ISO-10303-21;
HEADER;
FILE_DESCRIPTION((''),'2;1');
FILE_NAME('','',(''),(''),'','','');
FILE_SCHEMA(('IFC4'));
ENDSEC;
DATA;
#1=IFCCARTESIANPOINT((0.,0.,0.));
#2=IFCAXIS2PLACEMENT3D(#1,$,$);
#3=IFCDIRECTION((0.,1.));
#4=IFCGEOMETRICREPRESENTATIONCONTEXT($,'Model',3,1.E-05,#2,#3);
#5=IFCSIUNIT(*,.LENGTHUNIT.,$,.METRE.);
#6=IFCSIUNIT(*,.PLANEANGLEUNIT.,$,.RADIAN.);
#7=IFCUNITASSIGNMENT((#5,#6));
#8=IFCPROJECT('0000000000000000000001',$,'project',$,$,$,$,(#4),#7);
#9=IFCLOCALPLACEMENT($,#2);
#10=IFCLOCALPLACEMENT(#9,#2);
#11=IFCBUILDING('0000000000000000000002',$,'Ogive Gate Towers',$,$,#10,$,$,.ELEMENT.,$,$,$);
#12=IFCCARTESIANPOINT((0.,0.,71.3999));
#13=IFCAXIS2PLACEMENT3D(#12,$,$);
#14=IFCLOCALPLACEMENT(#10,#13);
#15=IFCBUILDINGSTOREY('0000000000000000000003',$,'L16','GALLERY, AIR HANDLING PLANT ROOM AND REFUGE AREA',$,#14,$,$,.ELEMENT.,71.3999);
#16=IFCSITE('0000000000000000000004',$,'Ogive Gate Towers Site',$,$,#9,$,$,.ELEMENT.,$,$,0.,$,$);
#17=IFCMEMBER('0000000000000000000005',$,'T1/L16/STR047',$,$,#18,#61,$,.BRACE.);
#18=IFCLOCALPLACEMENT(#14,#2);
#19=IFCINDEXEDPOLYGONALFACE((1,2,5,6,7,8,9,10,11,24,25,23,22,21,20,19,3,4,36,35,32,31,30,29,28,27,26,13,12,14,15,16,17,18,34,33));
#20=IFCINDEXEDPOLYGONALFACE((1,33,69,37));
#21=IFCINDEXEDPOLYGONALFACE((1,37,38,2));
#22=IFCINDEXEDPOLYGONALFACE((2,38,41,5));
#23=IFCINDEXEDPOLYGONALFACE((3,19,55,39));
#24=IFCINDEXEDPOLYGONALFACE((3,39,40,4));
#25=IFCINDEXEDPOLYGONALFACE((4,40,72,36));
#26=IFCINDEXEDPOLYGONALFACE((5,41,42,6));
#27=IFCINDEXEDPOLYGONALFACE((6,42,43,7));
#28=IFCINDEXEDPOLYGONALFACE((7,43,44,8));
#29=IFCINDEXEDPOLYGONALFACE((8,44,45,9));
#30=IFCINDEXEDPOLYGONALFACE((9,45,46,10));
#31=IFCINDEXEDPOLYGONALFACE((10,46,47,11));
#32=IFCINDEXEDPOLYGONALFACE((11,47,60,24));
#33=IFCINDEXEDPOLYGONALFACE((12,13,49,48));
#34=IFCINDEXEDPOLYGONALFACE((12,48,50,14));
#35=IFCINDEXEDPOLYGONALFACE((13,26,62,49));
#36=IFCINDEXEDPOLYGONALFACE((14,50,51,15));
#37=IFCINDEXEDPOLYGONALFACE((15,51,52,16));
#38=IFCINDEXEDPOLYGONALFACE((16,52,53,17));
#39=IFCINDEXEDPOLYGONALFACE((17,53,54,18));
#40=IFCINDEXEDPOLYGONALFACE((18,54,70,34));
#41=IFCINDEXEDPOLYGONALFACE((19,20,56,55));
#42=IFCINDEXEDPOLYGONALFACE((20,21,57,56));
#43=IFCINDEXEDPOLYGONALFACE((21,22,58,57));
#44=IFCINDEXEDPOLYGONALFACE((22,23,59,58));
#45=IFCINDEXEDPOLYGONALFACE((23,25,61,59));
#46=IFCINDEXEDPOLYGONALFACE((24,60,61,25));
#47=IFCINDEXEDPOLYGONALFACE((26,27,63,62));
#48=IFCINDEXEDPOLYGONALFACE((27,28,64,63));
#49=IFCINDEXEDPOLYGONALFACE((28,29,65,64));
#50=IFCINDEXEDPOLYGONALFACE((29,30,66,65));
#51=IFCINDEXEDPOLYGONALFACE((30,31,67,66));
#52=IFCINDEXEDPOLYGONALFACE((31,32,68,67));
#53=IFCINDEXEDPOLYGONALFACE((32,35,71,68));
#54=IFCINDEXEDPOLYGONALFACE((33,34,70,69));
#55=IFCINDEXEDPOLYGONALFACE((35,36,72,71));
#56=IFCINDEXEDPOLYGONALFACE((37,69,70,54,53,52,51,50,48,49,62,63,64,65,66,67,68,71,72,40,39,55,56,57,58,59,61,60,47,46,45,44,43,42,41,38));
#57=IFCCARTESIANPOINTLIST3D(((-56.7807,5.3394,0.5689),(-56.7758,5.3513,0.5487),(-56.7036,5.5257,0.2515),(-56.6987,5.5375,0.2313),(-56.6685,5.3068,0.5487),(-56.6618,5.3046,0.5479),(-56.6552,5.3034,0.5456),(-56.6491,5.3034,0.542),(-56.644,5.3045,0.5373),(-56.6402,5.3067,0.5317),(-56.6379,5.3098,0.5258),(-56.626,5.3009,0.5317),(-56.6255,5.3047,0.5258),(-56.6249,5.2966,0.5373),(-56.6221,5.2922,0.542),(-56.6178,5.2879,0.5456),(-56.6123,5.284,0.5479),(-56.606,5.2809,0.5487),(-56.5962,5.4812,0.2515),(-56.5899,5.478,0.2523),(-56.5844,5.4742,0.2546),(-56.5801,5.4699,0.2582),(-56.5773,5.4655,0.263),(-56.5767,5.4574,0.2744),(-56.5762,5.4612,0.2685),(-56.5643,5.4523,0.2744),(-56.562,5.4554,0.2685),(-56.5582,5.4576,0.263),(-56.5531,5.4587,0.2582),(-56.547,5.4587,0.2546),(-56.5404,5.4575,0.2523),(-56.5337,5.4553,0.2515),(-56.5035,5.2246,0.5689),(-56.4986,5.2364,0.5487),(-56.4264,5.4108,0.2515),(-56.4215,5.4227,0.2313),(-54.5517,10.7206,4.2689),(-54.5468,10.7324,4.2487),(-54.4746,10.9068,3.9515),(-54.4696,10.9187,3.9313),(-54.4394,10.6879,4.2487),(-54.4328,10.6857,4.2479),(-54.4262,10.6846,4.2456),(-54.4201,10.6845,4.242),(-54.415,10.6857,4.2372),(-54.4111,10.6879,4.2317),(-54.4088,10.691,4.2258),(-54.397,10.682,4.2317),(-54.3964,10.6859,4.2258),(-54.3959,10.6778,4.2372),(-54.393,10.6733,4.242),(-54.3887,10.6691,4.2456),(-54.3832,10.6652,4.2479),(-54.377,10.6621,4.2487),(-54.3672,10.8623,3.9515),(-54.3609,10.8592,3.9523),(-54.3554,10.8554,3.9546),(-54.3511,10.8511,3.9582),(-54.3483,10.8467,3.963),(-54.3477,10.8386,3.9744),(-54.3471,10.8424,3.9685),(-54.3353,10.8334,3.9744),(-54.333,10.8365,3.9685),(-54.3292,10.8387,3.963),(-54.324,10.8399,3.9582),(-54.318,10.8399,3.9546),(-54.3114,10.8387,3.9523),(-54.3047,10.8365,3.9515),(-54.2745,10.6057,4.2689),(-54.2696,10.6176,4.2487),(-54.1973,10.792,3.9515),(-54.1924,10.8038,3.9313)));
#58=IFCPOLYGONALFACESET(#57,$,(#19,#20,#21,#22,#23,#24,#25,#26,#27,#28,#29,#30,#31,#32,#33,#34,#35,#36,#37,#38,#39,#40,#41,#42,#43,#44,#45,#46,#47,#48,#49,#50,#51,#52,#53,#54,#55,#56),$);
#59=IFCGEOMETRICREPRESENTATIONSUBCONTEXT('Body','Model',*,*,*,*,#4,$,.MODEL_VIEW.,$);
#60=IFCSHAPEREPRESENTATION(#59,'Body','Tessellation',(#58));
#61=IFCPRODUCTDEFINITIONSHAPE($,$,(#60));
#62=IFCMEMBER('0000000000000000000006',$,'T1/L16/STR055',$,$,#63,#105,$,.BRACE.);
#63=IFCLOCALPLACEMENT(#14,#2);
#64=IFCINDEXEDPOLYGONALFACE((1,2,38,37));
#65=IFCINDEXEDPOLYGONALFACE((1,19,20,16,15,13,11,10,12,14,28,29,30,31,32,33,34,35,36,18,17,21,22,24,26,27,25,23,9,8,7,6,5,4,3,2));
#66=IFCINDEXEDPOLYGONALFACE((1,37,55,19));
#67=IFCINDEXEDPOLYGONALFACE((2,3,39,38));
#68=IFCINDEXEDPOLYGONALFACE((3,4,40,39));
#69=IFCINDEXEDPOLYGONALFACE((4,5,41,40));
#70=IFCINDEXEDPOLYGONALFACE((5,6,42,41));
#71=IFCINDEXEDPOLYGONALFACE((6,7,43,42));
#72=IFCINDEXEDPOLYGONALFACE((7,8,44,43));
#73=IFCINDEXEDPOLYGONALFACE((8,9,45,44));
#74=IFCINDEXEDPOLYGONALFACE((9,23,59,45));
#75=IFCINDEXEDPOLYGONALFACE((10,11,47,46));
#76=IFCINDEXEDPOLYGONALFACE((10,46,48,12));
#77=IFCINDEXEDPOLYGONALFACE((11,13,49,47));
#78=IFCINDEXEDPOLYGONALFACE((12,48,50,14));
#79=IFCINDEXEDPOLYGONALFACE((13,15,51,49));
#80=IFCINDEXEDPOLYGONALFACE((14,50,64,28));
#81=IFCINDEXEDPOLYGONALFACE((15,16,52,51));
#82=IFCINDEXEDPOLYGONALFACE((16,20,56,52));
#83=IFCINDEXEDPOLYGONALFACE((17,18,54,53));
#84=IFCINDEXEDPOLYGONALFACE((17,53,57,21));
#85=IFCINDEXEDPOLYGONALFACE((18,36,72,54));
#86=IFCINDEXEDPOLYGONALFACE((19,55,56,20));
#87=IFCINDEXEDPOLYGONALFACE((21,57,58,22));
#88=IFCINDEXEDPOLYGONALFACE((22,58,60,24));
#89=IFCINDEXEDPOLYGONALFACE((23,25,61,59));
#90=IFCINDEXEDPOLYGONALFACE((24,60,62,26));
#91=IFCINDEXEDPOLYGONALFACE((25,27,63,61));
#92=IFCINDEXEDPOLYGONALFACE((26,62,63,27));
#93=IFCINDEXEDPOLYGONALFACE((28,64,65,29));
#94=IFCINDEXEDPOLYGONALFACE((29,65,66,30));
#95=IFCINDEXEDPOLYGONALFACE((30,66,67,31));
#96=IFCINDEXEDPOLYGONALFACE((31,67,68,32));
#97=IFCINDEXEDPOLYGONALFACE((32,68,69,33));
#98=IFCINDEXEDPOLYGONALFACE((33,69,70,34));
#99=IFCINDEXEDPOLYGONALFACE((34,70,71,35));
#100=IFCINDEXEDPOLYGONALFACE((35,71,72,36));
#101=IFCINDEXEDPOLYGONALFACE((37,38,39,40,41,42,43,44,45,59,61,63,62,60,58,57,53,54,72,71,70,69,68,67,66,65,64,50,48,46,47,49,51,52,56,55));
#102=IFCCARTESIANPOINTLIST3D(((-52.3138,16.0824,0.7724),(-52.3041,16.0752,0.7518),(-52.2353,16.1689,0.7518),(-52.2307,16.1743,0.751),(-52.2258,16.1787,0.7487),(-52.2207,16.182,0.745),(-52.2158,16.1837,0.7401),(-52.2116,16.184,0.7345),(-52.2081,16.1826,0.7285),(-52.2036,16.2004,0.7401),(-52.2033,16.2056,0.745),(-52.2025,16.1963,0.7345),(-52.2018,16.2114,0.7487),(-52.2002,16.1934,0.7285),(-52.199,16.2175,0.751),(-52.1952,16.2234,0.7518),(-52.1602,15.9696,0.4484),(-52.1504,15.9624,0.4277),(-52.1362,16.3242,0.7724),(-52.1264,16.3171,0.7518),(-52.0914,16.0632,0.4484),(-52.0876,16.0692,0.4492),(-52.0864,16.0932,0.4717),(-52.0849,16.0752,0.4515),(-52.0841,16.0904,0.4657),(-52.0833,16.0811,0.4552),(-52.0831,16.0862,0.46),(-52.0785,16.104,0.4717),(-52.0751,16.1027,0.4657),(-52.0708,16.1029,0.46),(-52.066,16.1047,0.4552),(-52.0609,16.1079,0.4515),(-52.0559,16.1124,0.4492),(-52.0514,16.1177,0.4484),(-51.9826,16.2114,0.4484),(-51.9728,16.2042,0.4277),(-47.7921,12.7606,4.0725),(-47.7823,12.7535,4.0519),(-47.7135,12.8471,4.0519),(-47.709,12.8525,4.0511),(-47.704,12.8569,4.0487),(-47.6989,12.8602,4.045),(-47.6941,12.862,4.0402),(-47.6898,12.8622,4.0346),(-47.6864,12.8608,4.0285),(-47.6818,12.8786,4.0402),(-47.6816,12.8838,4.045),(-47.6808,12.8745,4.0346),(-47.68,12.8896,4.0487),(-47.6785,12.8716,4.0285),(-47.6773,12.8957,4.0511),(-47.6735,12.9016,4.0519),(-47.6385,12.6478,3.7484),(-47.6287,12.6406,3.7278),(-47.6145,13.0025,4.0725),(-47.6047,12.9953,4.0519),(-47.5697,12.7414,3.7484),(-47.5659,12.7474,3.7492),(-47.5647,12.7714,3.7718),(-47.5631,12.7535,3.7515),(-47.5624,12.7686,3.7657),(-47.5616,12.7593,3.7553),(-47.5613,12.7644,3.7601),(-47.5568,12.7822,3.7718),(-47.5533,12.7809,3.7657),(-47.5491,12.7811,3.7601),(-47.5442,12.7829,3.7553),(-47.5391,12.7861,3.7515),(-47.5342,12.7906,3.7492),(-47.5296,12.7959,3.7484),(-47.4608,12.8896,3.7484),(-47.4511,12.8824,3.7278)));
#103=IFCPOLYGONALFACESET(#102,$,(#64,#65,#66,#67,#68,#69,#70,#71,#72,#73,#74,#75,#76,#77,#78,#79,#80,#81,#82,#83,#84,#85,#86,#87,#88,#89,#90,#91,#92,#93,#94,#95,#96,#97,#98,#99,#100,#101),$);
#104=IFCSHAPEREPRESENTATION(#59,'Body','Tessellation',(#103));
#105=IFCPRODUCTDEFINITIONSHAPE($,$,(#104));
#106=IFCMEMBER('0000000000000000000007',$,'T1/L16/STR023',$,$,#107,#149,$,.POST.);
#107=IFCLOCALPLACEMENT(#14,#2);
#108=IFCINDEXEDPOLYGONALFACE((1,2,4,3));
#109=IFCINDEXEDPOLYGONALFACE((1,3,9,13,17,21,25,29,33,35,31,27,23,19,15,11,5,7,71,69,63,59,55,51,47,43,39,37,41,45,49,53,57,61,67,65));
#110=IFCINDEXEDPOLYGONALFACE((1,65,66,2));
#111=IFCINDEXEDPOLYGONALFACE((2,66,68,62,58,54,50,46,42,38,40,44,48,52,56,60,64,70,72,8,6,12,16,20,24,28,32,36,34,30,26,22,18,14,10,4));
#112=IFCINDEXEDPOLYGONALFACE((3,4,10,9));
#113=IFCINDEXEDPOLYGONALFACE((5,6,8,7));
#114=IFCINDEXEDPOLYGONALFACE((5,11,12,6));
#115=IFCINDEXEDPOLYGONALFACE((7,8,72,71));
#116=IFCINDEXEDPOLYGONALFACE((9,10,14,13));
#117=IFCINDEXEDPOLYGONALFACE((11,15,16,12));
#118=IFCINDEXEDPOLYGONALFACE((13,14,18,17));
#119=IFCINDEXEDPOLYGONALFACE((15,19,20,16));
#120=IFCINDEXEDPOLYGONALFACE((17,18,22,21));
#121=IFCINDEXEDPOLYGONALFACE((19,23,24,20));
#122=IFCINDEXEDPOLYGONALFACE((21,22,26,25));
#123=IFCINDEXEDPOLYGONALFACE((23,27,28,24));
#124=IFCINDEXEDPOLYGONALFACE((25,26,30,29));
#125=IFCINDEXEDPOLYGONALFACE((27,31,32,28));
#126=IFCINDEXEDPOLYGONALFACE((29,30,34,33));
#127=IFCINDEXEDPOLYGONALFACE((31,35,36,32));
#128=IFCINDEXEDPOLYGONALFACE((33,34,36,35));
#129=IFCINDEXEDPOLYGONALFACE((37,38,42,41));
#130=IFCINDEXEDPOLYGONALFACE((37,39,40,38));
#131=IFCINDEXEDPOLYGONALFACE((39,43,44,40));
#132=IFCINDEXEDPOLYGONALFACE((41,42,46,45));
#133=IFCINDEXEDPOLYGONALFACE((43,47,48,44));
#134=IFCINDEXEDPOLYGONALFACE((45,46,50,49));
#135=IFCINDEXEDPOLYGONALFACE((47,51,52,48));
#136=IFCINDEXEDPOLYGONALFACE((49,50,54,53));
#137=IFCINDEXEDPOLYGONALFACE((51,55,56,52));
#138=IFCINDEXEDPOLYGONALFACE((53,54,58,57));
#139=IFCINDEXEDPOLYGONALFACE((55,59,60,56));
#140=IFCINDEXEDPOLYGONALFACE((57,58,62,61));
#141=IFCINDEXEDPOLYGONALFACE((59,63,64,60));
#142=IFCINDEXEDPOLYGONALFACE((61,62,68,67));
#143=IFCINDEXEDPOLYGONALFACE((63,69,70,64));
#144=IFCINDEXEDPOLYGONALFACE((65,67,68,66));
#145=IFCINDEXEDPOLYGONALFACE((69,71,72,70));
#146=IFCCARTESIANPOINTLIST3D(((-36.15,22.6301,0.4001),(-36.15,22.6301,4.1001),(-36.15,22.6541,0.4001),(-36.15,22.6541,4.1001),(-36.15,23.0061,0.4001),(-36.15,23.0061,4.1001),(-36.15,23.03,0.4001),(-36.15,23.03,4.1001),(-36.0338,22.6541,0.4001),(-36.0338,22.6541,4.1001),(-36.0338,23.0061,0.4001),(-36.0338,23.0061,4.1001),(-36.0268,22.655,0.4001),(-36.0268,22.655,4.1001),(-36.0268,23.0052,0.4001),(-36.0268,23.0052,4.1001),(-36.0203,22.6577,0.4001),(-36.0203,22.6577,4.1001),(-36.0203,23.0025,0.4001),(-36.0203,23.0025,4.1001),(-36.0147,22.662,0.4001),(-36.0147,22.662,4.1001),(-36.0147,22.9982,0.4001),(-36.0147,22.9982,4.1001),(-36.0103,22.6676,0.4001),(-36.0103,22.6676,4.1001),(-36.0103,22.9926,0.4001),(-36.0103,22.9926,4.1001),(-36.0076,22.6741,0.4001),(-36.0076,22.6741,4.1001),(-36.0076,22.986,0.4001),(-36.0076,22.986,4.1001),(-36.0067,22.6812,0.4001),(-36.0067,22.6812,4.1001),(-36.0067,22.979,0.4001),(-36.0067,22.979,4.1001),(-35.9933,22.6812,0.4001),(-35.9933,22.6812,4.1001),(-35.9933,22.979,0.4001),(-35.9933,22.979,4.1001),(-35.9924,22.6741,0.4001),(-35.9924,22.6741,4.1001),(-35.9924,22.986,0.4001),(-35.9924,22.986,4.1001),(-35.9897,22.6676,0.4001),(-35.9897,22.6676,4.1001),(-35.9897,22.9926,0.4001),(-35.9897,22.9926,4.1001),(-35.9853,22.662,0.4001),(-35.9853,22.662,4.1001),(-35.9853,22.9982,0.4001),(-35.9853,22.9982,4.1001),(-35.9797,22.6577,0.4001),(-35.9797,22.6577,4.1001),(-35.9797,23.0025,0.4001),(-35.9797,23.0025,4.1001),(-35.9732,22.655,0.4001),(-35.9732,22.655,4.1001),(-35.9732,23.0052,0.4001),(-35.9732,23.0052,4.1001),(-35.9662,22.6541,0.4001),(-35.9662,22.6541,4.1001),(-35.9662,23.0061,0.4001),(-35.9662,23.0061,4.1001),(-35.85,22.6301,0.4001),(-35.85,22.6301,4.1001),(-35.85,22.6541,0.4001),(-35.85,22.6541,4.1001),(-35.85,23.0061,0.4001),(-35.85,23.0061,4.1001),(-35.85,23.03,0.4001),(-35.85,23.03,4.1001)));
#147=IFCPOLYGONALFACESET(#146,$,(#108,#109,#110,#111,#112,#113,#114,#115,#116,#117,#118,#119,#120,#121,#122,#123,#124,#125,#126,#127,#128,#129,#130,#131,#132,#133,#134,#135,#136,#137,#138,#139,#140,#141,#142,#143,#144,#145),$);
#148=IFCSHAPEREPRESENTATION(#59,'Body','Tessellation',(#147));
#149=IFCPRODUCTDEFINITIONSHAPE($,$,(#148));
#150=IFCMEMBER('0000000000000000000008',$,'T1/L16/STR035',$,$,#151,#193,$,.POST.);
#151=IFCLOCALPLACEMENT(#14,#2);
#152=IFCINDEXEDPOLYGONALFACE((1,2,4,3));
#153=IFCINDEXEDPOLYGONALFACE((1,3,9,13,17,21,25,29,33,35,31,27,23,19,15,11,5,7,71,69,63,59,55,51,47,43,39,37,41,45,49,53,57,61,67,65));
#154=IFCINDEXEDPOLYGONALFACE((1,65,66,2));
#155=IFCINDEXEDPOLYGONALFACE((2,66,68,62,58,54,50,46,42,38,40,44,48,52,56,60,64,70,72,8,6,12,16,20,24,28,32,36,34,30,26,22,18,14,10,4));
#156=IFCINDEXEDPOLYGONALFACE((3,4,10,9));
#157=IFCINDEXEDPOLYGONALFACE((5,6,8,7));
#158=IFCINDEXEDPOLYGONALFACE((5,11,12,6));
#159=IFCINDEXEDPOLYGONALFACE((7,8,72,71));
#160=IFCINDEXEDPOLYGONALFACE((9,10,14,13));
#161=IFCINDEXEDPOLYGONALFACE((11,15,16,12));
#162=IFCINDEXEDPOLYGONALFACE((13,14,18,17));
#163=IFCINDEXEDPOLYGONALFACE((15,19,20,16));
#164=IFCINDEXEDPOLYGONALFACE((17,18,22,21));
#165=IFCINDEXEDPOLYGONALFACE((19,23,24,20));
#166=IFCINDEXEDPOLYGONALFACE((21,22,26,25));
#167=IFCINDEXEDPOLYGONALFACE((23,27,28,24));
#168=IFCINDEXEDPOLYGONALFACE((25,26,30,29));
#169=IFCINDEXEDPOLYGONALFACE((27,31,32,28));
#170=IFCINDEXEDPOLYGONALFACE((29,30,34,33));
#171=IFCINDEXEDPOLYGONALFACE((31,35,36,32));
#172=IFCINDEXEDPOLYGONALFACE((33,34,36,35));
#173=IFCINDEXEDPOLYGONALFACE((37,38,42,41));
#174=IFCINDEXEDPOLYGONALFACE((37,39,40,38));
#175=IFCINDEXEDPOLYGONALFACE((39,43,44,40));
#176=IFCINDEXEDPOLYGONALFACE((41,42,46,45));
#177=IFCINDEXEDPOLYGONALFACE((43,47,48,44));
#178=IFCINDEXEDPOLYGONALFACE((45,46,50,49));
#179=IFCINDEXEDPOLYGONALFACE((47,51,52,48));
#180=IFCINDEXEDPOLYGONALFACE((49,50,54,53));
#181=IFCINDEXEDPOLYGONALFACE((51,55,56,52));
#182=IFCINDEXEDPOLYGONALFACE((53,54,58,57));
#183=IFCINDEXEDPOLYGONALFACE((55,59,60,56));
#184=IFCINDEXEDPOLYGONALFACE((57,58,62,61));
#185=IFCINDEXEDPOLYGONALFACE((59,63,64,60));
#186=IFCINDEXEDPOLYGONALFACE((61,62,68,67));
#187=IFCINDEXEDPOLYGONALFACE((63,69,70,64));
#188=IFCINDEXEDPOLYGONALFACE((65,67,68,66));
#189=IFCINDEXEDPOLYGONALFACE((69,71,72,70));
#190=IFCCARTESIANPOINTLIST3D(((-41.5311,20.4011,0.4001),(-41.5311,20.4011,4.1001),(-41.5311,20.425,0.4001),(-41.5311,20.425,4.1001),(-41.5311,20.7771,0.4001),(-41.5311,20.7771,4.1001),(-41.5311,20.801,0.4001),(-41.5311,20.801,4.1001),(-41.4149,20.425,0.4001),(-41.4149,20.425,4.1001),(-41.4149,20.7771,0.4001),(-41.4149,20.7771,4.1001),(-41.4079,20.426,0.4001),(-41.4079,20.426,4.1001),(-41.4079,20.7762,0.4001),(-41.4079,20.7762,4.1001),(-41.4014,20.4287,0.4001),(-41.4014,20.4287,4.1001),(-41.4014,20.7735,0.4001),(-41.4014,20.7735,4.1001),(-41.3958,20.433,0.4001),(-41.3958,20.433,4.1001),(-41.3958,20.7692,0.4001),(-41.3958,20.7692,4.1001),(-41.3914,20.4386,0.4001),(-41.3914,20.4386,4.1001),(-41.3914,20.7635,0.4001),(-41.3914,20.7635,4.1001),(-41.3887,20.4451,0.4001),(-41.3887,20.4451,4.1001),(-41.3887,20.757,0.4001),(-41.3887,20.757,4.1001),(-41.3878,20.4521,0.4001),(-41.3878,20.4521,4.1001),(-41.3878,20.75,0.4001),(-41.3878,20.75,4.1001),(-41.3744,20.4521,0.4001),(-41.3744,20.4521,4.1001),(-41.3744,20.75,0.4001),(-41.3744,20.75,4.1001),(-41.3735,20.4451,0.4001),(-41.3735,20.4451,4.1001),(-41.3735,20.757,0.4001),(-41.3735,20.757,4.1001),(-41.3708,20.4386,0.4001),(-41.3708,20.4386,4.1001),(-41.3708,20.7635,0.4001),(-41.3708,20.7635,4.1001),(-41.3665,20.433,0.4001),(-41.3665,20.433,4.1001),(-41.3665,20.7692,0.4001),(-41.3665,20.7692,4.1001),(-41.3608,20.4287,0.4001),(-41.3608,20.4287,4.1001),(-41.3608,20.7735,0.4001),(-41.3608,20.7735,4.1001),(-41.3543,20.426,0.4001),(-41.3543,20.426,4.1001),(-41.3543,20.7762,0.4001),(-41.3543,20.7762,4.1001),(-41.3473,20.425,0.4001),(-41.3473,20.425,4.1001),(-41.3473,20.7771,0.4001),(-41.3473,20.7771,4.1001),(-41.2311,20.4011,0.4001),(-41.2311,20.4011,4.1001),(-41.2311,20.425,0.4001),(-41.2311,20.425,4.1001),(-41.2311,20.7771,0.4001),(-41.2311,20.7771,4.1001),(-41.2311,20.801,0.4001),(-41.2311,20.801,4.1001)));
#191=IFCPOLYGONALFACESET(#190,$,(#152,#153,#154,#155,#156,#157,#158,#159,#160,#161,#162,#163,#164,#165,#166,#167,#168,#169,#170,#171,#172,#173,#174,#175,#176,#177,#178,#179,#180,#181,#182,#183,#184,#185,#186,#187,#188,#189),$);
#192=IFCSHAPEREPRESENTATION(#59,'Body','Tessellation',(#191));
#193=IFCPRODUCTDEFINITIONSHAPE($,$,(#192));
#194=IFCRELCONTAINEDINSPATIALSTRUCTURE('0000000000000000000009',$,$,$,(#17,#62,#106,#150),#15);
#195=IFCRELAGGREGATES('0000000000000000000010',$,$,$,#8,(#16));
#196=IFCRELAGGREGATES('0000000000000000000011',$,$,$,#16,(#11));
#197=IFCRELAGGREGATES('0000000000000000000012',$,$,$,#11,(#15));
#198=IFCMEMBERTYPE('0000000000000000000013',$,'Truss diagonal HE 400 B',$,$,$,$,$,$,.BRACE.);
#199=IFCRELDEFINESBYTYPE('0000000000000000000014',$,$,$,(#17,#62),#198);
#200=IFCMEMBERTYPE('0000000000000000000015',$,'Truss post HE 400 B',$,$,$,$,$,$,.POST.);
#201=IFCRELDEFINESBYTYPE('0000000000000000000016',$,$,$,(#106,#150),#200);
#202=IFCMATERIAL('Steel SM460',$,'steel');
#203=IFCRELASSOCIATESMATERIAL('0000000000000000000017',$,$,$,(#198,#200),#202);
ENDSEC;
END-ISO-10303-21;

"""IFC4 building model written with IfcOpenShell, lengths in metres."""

from ifc_helpers import new_model, si_unit, direction, frame, origin, origin_2d, place, context, subcontext, project, spatial, i_section, extrude, material, material_profile, profile_set, type_object, element, save


model = new_model("IFC4")

# Units and contexts
model_context = context("Model", 3, precision=1e-05, world=origin(), true_north=direction((0.0, 1.0)))
body_context = subcontext(model_context, "Body", "Model", "MODEL_VIEW")
ifc_project = project(units=[si_unit("LENGTHUNIT", "METRE"), si_unit("PLANEANGLEUNIT", "RADIAN")], contexts=[model_context])

# Site, building, storey
site_placement = place(None, origin())
site = spatial("IfcSite", under=ifc_project, at=site_placement, Name="Ogive Gate Towers Site", CompositionType="ELEMENT", RefElevation=0.0)
building_placement = place(site_placement, origin())
building = spatial("IfcBuilding", under=site, at=building_placement, Name="Ogive Gate Towers", CompositionType="ELEMENT")
storey_placement = place(building_placement, frame((0.0, 0.0, 71.3999)))
storey = spatial("IfcBuildingStorey", under=building, at=storey_placement, Name="L16", Description="GALLERY, AIR HANDLING PLANT ROOM AND REFUGE AREA", CompositionType="ELEMENT", Elevation=71.3999)

# Shared definitions
ifc_material_1 = material(Name="Steel SM460", Category="steel")

# Members
ifc_material_profile_1 = material_profile(ifc_material_1, i_section(OverallWidth=0.3, OverallDepth=0.3999, WebThickness=0.0134, FlangeThickness=0.0239, FilletRadius=0.0271, at=origin_2d()), Name="HE 400 B")
ifc_profile_set_1 = profile_set([ifc_material_profile_1], Name="Steel SM460")
member_type_1 = type_object("IfcMemberType", Name="Truss diagonal HE 400 B", PredefinedType="BRACE", material=ifc_profile_set_1)
member_1_placement = place(storey_placement, frame((-54.3721, 10.7622, 4.1001), z_axis=(-0.323029, -0.779834, -0.5362), x_axis=(0.923875, -0.382695, 0.0)))
element("IfcMember", 1, at=member_1_placement, inside=storey, type_object=member_type_1, Name="T1/L16/STR047", PredefinedType="BRACE", context=body_context, shape_type="SweptSolid", body=[
    extrude(i_section(OverallWidth=0.3, OverallDepth=0.3999, WebThickness=0.0134, FlangeThickness=0.0239, FilletRadius=0.0271, at=origin_2d()), origin(), (0.0, 0.0, 1.0), 6.9004),
])
member_2_placement = place(storey_placement, frame((-47.6216, 12.8215, 3.9001), z_axis=(-0.69466, 0.510315, -0.506977), x_axis=(-0.592041, -0.805908, 0.0)))
element("IfcMember", 2, at=member_2_placement, inside=storey, type_object=member_type_1, Name="T1/L16/STR055", PredefinedType="BRACE", context=body_context, shape_type="SweptSolid", body=[
    extrude(i_section(OverallWidth=0.3, OverallDepth=0.3999, WebThickness=0.0134, FlangeThickness=0.0239, FilletRadius=0.0271, at=origin_2d()), origin(), (0.0, 0.0, 1.0), 6.5093),
])
ifc_material_profile_2 = material_profile(ifc_material_1, i_section(OverallWidth=0.3, OverallDepth=0.3999, WebThickness=0.0134, FlangeThickness=0.0239, FilletRadius=0.0271, at=origin_2d()), Name="HE 400 B")
ifc_profile_set_2 = profile_set([ifc_material_profile_2], Name="Steel SM460")
member_type_2 = type_object("IfcMemberType", Name="Truss post HE 400 B", PredefinedType="POST", material=ifc_profile_set_2)
for number, where, z_axis, x_axis, name in (
    (3, (-36.0, 22.8301, 0.4001), (0.0, 0.0, 1.0), (1.0, 0.0, 0.0), "T1/L16/STR023"),
    (4, (-41.3811, 20.6011, 0.4001), (0.0, 0.0, 1.0), (1.0, 0.0, 0.0), "T1/L16/STR035"),
):
    element("IfcMember", number, at=place(storey_placement, frame(where, z_axis=z_axis, x_axis=x_axis)), inside=storey, type_object=member_type_2, Name=name, PredefinedType="POST", context=body_context, shape_type="SweptSolid", body=[
        extrude(i_section(OverallWidth=0.3, OverallDepth=0.3999, WebThickness=0.0134, FlangeThickness=0.0239, FilletRadius=0.0271, at=origin_2d()), origin(), (0.0, 0.0, 1.0), 3.7),
    ])

save(model, "model.ifc")
